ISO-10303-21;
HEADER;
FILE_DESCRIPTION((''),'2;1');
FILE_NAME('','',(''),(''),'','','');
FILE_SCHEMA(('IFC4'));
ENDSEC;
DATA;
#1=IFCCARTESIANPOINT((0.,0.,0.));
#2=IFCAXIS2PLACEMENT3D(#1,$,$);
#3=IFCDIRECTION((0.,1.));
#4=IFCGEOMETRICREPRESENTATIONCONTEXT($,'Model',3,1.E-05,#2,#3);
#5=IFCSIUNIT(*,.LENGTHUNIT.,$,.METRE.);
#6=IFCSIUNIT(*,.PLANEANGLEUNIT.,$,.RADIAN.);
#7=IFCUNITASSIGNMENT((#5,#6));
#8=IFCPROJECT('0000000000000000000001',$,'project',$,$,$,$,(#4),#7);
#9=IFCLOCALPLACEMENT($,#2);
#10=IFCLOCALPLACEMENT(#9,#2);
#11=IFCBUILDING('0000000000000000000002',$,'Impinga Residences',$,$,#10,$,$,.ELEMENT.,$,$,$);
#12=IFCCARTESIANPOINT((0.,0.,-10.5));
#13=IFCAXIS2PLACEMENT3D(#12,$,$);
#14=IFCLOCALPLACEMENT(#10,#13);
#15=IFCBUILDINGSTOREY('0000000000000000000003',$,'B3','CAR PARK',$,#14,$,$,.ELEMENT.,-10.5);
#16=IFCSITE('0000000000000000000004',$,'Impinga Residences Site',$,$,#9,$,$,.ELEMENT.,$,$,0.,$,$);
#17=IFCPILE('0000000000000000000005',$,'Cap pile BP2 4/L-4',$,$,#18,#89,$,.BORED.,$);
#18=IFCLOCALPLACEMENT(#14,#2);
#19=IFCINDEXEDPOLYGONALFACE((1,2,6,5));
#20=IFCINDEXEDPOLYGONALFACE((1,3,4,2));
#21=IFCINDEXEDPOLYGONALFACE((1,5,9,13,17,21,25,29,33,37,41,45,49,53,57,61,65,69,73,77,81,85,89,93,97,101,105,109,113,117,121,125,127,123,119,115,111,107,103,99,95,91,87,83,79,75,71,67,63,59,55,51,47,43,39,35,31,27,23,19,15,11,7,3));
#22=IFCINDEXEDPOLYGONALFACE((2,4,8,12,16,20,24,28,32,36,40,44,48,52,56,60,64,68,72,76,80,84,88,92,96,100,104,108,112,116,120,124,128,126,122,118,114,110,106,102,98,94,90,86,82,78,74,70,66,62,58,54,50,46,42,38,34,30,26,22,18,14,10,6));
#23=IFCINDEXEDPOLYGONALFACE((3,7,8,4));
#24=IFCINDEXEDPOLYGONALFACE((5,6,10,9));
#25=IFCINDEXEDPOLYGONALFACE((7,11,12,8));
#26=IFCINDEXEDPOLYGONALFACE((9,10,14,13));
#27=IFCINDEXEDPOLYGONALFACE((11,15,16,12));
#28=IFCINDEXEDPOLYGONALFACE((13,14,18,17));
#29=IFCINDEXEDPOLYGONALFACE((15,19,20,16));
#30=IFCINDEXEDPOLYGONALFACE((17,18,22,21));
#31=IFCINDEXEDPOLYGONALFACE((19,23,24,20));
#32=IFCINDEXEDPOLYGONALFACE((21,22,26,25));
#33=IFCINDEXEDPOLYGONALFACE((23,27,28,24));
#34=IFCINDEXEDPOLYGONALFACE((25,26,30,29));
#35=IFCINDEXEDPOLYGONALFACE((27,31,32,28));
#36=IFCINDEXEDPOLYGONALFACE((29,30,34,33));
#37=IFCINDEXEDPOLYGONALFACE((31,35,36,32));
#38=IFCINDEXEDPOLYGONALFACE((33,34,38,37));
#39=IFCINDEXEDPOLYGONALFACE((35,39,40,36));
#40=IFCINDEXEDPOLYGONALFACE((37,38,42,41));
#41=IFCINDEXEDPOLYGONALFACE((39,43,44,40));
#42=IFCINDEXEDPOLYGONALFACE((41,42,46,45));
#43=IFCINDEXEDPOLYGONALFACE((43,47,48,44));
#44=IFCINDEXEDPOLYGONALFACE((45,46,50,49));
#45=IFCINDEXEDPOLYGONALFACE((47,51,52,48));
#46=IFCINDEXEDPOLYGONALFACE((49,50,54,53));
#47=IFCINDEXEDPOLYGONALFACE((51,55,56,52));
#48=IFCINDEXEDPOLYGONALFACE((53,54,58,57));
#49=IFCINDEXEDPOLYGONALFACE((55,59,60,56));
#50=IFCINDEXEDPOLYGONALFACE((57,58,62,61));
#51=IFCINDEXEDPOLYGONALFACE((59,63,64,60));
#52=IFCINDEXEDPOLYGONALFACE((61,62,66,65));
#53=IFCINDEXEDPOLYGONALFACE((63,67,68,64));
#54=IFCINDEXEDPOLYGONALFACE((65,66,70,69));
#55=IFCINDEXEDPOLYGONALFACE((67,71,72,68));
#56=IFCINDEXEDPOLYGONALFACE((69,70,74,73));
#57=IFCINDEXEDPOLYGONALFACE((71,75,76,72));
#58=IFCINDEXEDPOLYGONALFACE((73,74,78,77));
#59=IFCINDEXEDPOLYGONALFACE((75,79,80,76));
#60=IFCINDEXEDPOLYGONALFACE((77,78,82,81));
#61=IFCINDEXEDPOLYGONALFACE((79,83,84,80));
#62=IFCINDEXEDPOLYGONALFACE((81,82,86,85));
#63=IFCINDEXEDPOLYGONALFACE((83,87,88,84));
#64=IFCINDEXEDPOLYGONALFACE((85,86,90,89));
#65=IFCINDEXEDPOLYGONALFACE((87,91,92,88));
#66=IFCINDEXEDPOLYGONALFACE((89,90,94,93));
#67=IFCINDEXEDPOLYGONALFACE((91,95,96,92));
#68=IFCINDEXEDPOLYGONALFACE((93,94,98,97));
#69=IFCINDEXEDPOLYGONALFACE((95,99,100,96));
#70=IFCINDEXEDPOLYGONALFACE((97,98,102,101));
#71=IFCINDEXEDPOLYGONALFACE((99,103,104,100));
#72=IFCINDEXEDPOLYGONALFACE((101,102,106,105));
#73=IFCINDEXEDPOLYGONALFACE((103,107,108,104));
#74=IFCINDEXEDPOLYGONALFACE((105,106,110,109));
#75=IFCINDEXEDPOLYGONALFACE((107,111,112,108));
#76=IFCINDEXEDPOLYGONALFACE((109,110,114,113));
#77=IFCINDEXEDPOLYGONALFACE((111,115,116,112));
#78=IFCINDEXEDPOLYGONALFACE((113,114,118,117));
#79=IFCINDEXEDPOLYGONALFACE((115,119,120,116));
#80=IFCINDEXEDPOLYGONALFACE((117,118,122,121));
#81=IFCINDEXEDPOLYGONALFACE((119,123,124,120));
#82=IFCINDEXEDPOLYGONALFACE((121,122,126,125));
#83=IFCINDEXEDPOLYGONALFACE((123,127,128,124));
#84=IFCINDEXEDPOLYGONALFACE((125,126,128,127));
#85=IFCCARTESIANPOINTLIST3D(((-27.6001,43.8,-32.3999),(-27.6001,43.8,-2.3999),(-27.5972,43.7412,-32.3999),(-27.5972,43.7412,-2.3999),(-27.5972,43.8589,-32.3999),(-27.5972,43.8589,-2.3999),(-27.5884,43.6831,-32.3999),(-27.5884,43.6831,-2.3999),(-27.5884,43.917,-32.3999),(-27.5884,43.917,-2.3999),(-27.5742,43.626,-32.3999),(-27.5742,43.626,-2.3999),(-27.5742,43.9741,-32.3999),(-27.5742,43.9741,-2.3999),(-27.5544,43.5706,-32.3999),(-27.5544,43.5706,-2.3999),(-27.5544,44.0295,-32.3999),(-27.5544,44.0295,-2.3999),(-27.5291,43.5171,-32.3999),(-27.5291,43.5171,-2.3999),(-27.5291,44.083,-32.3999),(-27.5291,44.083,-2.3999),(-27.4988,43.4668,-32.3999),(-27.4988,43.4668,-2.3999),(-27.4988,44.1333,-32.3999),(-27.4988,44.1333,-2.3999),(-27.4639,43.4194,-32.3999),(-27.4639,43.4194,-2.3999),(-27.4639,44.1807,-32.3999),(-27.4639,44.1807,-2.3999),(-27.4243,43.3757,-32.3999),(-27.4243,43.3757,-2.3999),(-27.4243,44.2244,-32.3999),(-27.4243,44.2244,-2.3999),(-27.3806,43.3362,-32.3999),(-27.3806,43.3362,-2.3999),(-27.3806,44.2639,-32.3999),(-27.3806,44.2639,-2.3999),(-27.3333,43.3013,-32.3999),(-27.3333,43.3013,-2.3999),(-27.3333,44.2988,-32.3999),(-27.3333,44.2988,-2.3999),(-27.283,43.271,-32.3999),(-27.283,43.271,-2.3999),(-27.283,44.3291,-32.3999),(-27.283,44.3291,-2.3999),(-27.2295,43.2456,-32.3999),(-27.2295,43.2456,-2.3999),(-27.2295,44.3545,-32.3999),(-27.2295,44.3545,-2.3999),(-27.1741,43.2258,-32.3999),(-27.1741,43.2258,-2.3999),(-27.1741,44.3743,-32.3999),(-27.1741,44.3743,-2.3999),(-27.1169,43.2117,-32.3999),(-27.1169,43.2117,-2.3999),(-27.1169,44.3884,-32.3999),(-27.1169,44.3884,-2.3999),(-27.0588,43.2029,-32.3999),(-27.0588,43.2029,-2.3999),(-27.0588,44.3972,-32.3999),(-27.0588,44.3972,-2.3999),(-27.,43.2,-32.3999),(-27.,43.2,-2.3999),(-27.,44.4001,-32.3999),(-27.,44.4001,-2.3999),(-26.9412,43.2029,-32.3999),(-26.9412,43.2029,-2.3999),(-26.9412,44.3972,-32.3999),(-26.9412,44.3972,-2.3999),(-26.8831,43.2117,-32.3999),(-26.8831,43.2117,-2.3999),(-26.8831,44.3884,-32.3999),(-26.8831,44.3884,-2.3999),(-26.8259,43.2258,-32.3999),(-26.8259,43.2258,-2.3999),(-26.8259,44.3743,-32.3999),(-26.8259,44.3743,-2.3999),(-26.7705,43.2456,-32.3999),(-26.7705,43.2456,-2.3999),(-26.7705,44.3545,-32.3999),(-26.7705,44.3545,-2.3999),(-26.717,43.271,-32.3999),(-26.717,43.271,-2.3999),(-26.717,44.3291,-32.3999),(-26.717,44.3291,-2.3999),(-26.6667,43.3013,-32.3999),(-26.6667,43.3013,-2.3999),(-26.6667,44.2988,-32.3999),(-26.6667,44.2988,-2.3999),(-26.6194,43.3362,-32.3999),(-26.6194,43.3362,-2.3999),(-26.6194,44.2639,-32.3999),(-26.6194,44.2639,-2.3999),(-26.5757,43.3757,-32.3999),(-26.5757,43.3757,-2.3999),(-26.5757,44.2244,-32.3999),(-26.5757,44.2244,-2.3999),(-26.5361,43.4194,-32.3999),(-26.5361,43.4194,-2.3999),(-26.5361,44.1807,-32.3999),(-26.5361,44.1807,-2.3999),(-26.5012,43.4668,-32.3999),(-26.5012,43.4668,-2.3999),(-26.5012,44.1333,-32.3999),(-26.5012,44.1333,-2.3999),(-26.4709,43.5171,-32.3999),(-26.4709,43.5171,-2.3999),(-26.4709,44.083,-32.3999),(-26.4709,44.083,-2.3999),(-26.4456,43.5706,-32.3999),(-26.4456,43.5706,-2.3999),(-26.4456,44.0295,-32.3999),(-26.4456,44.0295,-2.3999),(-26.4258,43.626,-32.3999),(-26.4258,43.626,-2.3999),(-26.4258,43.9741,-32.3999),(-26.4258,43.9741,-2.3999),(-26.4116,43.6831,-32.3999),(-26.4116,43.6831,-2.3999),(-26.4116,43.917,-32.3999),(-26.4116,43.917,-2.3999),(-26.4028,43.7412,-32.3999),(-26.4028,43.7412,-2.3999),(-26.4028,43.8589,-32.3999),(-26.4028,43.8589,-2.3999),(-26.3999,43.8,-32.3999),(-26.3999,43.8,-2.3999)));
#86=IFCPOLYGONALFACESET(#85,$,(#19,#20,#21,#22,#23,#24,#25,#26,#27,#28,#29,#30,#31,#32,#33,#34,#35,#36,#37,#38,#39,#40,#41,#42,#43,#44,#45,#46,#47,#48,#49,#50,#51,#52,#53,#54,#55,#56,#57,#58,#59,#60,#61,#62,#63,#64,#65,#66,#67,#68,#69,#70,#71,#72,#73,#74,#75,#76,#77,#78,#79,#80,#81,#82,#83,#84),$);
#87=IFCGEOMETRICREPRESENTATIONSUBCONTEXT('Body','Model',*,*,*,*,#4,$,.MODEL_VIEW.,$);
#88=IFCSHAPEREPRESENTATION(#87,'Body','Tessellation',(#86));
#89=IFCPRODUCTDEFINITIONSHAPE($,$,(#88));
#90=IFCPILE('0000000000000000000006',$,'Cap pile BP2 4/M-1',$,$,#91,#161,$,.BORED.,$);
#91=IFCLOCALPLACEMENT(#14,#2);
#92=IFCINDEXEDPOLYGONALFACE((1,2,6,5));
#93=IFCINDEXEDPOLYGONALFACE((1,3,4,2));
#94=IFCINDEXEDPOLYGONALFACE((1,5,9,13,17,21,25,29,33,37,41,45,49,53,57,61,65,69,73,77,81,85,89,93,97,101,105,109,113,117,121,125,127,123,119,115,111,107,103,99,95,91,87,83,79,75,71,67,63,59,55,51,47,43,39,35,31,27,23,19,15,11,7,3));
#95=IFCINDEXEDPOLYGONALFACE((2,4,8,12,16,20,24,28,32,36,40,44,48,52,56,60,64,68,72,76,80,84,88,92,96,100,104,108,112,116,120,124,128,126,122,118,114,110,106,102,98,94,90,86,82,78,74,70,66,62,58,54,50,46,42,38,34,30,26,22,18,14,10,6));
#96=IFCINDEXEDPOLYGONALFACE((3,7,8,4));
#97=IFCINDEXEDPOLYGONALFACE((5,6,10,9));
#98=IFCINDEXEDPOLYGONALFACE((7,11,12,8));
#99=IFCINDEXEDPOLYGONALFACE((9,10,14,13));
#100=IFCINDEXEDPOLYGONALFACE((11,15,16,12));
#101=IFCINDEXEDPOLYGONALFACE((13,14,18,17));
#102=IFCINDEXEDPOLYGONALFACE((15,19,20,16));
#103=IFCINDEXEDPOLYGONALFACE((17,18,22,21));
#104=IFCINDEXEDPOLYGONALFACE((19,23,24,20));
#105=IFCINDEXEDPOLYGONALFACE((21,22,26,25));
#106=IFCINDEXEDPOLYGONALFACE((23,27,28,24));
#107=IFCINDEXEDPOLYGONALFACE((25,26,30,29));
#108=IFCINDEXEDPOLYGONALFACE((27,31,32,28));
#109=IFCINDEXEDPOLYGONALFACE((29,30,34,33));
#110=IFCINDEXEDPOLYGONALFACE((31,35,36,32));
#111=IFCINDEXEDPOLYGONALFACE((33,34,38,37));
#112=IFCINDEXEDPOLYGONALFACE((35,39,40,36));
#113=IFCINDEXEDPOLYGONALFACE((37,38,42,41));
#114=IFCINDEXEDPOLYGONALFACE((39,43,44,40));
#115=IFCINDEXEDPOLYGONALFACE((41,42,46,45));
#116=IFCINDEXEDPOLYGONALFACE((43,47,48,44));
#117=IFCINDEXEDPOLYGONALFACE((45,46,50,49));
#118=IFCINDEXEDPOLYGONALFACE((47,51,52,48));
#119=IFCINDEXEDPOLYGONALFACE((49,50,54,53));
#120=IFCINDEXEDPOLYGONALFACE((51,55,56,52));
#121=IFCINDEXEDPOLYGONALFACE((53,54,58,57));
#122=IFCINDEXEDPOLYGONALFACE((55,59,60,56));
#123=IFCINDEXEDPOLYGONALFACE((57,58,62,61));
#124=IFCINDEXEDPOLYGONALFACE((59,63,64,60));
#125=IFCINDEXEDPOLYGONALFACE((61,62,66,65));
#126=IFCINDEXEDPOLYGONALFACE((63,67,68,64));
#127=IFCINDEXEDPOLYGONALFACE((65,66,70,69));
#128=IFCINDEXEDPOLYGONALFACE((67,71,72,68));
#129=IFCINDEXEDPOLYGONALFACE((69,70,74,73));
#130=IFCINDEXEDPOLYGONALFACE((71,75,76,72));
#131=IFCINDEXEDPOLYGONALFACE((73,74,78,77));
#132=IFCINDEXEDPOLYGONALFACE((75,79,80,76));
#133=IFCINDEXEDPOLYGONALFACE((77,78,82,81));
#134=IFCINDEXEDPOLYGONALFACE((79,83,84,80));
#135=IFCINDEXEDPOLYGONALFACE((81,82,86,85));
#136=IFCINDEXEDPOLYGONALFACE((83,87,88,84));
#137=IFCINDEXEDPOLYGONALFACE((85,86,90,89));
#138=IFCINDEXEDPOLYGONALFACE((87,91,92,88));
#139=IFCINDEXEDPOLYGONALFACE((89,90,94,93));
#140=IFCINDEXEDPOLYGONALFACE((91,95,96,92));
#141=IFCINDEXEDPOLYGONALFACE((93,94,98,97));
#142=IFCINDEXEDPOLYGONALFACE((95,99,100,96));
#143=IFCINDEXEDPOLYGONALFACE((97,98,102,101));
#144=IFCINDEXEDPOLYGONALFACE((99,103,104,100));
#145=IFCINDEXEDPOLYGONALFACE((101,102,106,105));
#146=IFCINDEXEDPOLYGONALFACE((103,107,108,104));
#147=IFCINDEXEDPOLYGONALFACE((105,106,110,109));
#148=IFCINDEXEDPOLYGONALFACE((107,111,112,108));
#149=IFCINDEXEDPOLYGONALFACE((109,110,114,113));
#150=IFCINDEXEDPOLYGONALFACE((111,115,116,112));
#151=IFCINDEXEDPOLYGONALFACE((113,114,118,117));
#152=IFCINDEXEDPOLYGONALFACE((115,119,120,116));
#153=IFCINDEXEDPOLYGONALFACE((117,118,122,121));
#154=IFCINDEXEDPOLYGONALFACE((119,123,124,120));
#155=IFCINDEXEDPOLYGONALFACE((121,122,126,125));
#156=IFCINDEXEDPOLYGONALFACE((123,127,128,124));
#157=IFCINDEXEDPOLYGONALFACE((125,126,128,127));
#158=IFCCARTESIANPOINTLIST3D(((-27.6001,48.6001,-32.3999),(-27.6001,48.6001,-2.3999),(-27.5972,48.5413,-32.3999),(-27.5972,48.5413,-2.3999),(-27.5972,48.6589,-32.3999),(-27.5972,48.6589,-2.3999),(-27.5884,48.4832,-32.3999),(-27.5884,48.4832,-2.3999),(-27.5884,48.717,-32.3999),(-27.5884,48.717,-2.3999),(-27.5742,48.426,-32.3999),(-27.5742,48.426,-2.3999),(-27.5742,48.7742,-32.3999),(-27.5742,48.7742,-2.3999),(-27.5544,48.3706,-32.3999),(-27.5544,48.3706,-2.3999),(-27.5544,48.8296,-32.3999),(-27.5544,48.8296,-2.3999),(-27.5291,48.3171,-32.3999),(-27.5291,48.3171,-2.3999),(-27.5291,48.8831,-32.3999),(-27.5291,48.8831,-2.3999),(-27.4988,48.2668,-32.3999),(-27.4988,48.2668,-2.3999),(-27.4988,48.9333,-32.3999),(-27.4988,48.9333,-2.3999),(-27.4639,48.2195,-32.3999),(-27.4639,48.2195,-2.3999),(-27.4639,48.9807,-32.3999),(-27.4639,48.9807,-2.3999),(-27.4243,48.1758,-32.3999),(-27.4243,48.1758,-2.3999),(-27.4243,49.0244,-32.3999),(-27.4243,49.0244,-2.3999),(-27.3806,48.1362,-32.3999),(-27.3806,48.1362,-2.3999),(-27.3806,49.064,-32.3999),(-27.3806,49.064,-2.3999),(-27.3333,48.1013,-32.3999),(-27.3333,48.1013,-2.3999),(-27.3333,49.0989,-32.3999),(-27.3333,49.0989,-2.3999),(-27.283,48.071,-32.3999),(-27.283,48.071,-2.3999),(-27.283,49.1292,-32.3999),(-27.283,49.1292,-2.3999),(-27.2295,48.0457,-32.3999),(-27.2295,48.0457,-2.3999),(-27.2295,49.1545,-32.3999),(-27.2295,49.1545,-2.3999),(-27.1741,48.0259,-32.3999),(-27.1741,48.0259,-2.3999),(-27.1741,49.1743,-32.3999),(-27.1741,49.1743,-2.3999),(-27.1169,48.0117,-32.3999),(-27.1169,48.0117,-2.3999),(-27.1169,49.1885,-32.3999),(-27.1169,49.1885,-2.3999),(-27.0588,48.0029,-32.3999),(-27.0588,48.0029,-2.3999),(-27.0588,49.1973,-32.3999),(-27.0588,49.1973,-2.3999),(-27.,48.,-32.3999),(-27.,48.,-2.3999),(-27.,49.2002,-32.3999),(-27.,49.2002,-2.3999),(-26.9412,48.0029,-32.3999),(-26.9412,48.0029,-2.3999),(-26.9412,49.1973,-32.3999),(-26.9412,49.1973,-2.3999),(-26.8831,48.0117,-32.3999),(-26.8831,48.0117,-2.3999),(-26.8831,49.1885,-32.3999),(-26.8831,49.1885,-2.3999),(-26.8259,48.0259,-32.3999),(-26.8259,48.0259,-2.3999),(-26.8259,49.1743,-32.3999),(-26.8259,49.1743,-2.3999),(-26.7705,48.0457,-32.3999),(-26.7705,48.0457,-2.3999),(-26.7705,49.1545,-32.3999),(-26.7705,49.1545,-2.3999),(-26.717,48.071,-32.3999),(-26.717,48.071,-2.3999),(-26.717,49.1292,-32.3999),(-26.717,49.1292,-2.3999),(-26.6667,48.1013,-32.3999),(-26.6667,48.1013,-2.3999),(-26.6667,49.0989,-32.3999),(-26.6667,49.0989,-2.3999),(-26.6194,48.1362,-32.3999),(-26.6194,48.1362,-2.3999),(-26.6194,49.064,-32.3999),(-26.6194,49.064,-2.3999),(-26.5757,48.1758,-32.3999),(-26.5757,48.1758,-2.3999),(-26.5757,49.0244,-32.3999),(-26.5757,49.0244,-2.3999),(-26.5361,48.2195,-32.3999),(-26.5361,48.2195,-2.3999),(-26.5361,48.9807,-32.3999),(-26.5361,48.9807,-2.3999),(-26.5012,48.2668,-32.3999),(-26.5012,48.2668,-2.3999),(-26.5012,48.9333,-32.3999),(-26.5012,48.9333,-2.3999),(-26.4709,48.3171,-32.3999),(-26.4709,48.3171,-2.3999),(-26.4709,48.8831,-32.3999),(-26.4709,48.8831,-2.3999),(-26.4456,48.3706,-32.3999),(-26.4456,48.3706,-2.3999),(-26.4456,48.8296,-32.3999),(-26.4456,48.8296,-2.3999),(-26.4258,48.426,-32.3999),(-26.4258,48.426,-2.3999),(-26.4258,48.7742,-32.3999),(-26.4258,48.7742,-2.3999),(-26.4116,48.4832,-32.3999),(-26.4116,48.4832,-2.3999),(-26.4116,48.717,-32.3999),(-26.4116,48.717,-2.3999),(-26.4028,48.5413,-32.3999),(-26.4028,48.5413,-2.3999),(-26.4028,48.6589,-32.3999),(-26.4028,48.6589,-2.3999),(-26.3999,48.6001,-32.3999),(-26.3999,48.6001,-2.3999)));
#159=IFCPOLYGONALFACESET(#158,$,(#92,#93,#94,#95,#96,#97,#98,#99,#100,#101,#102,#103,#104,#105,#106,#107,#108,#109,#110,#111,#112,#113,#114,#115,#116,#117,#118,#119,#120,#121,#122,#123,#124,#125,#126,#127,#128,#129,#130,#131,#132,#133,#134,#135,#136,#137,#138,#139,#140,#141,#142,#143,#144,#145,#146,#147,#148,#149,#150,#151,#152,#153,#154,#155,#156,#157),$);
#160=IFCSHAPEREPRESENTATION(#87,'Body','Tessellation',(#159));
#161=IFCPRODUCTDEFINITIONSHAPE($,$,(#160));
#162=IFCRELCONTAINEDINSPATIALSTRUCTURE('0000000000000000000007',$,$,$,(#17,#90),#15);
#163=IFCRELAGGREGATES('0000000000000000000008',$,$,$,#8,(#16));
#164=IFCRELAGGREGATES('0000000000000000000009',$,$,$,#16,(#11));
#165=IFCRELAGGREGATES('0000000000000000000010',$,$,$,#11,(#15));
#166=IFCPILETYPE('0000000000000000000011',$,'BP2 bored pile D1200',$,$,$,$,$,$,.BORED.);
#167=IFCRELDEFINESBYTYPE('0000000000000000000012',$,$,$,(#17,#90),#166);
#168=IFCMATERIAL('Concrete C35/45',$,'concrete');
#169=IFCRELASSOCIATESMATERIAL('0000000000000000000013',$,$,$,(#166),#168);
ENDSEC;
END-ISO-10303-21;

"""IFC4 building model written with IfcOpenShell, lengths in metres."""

from ifc_helpers import new_model, si_unit, direction, frame, origin, origin_2d, place, context, subcontext, project, spatial, polyline, circle, outline, extrude, material, material_profile, profile_set, type_object, element, save


model = new_model("IFC4")

# Units and contexts
model_context = context("Model", 3, precision=1e-05, world=origin(), true_north=direction((0.0, 1.0)))
body_context = subcontext(model_context, "Body", "Model", "MODEL_VIEW")
ifc_project = project(units=[si_unit("LENGTHUNIT", "METRE"), si_unit("PLANEANGLEUNIT", "RADIAN")], contexts=[model_context])

# Site, building, storey
site_placement = place(None, origin())
site = spatial("IfcSite", under=ifc_project, at=site_placement, Name="Impinga Residences Site", CompositionType="ELEMENT", RefElevation=0.0)
building_placement = place(site_placement, origin())
building = spatial("IfcBuilding", under=site, at=building_placement, Name="Impinga Residences", CompositionType="ELEMENT")
storey_placement = place(building_placement, frame((0.0, 0.0, -10.5)))
storey = spatial("IfcBuildingStorey", under=building, at=storey_placement, Name="B3", Description="CAR PARK", CompositionType="ELEMENT", Elevation=-10.5)

# Piles
ifc_material_1 = material(Name="Concrete C35/45", Category="concrete")
ifc_material_profile_1 = material_profile(ifc_material_1, circle(Radius=0.6001, at=origin_2d()), Name="D1200")
ifc_profile_set_1 = profile_set([ifc_material_profile_1], Name="Concrete C35/45")
pile_type = type_object("IfcPileType", Name="BP2 bored pile D1200", PredefinedType="BORED", material=ifc_profile_set_1)
pile_1_placement = place(storey_placement, frame((-27.0, 43.8, -2.3999), z_axis=(0.0, 0.0, -1.0), x_axis=(1.0, 0.0, 0.0)))
element("IfcPile", 1, at=pile_1_placement, inside=storey, type_object=pile_type, Name="Cap pile BP2 4/L-4", PredefinedType="BORED", context=body_context, shape_type="SweptSolid", body=[
    extrude(outline(polyline([(0.6001, 0.0), (0.5972, 0.0588), (0.5884, 0.1169), (0.5742, 0.1741), (0.5544, 0.2295), (0.5291, 0.283), (0.4988, 0.3333), (0.4639, 0.3806), (0.4243, 0.4243), (0.3806, 0.4639), (0.3333, 0.4988), (0.283, 0.5291), (0.2295, 0.5544), (0.1741, 0.5742), (0.1169, 0.5884), (0.0588, 0.5972), (0.0, 0.6001), (-0.0588, 0.5972), (-0.1169, 0.5884), (-0.1741, 0.5742), (-0.2295, 0.5544), (-0.283, 0.5291), (-0.3333, 0.4988), (-0.3806, 0.4639), (-0.4243, 0.4243), (-0.4639, 0.3806), (-0.4988, 0.3333), (-0.5291, 0.283), (-0.5544, 0.2295), (-0.5742, 0.1741), (-0.5884, 0.1169), (-0.5972, 0.0588), (-0.6001, 0.0), (-0.5972, -0.0588), (-0.5884, -0.1169), (-0.5742, -0.1741), (-0.5544, -0.2295), (-0.5291, -0.283), (-0.4988, -0.3333), (-0.4639, -0.3806), (-0.4243, -0.4243), (-0.3806, -0.4639), (-0.3333, -0.4988), (-0.283, -0.5291), (-0.2295, -0.5544), (-0.1741, -0.5742), (-0.1169, -0.5884), (-0.0588, -0.5972), (0.0, -0.6001), (0.0588, -0.5972), (0.1169, -0.5884), (0.1741, -0.5742), (0.2295, -0.5544), (0.283, -0.5291), (0.3333, -0.4988), (0.3806, -0.4639), (0.4243, -0.4243), (0.4639, -0.3806), (0.4988, -0.3333), (0.5291, -0.283), (0.5544, -0.2295), (0.5742, -0.1741), (0.5884, -0.1169), (0.5972, -0.0588), (0.6001, 0.0)])), origin(), (0.0, 0.0, 1.0), 30.0),
])
pile_2_placement = place(storey_placement, frame((-27.0, 48.6001, -2.3999), z_axis=(0.0, 0.0, -1.0), x_axis=(1.0, 0.0, 0.0)))
element("IfcPile", 2, at=pile_2_placement, inside=storey, type_object=pile_type, Name="Cap pile BP2 4/M-1", PredefinedType="BORED", context=body_context, shape_type="SweptSolid", body=[
    extrude(outline(polyline([(0.6001, 0.0), (0.5972, 0.0588), (0.5884, 0.1169), (0.5742, 0.1741), (0.5544, 0.2295), (0.5291, 0.283), (0.4988, 0.3333), (0.4639, 0.3806), (0.4243, 0.4243), (0.3806, 0.4639), (0.3333, 0.4988), (0.283, 0.5291), (0.2295, 0.5544), (0.1741, 0.5742), (0.1169, 0.5884), (0.0588, 0.5972), (0.0, 0.6001), (-0.0588, 0.5972), (-0.1169, 0.5884), (-0.1741, 0.5742), (-0.2295, 0.5544), (-0.283, 0.5291), (-0.3333, 0.4988), (-0.3806, 0.4639), (-0.4243, 0.4243), (-0.4639, 0.3806), (-0.4988, 0.3333), (-0.5291, 0.283), (-0.5544, 0.2295), (-0.5742, 0.1741), (-0.5884, 0.1169), (-0.5972, 0.0588), (-0.6001, 0.0), (-0.5972, -0.0588), (-0.5884, -0.1169), (-0.5742, -0.1741), (-0.5544, -0.2295), (-0.5291, -0.283), (-0.4988, -0.3333), (-0.4639, -0.3806), (-0.4243, -0.4243), (-0.3806, -0.4639), (-0.3333, -0.4988), (-0.283, -0.5291), (-0.2295, -0.5544), (-0.1741, -0.5742), (-0.1169, -0.5884), (-0.0588, -0.5972), (0.0, -0.6001), (0.0588, -0.5972), (0.1169, -0.5884), (0.1741, -0.5742), (0.2295, -0.5544), (0.283, -0.5291), (0.3333, -0.4988), (0.3806, -0.4639), (0.4243, -0.4243), (0.4639, -0.3806), (0.4988, -0.3333), (0.5291, -0.283), (0.5544, -0.2295), (0.5742, -0.1741), (0.5884, -0.1169), (0.5972, -0.0588), (0.6001, 0.0)])), origin(), (0.0, 0.0, 1.0), 30.0),
])

save(model, "model.ifc")
